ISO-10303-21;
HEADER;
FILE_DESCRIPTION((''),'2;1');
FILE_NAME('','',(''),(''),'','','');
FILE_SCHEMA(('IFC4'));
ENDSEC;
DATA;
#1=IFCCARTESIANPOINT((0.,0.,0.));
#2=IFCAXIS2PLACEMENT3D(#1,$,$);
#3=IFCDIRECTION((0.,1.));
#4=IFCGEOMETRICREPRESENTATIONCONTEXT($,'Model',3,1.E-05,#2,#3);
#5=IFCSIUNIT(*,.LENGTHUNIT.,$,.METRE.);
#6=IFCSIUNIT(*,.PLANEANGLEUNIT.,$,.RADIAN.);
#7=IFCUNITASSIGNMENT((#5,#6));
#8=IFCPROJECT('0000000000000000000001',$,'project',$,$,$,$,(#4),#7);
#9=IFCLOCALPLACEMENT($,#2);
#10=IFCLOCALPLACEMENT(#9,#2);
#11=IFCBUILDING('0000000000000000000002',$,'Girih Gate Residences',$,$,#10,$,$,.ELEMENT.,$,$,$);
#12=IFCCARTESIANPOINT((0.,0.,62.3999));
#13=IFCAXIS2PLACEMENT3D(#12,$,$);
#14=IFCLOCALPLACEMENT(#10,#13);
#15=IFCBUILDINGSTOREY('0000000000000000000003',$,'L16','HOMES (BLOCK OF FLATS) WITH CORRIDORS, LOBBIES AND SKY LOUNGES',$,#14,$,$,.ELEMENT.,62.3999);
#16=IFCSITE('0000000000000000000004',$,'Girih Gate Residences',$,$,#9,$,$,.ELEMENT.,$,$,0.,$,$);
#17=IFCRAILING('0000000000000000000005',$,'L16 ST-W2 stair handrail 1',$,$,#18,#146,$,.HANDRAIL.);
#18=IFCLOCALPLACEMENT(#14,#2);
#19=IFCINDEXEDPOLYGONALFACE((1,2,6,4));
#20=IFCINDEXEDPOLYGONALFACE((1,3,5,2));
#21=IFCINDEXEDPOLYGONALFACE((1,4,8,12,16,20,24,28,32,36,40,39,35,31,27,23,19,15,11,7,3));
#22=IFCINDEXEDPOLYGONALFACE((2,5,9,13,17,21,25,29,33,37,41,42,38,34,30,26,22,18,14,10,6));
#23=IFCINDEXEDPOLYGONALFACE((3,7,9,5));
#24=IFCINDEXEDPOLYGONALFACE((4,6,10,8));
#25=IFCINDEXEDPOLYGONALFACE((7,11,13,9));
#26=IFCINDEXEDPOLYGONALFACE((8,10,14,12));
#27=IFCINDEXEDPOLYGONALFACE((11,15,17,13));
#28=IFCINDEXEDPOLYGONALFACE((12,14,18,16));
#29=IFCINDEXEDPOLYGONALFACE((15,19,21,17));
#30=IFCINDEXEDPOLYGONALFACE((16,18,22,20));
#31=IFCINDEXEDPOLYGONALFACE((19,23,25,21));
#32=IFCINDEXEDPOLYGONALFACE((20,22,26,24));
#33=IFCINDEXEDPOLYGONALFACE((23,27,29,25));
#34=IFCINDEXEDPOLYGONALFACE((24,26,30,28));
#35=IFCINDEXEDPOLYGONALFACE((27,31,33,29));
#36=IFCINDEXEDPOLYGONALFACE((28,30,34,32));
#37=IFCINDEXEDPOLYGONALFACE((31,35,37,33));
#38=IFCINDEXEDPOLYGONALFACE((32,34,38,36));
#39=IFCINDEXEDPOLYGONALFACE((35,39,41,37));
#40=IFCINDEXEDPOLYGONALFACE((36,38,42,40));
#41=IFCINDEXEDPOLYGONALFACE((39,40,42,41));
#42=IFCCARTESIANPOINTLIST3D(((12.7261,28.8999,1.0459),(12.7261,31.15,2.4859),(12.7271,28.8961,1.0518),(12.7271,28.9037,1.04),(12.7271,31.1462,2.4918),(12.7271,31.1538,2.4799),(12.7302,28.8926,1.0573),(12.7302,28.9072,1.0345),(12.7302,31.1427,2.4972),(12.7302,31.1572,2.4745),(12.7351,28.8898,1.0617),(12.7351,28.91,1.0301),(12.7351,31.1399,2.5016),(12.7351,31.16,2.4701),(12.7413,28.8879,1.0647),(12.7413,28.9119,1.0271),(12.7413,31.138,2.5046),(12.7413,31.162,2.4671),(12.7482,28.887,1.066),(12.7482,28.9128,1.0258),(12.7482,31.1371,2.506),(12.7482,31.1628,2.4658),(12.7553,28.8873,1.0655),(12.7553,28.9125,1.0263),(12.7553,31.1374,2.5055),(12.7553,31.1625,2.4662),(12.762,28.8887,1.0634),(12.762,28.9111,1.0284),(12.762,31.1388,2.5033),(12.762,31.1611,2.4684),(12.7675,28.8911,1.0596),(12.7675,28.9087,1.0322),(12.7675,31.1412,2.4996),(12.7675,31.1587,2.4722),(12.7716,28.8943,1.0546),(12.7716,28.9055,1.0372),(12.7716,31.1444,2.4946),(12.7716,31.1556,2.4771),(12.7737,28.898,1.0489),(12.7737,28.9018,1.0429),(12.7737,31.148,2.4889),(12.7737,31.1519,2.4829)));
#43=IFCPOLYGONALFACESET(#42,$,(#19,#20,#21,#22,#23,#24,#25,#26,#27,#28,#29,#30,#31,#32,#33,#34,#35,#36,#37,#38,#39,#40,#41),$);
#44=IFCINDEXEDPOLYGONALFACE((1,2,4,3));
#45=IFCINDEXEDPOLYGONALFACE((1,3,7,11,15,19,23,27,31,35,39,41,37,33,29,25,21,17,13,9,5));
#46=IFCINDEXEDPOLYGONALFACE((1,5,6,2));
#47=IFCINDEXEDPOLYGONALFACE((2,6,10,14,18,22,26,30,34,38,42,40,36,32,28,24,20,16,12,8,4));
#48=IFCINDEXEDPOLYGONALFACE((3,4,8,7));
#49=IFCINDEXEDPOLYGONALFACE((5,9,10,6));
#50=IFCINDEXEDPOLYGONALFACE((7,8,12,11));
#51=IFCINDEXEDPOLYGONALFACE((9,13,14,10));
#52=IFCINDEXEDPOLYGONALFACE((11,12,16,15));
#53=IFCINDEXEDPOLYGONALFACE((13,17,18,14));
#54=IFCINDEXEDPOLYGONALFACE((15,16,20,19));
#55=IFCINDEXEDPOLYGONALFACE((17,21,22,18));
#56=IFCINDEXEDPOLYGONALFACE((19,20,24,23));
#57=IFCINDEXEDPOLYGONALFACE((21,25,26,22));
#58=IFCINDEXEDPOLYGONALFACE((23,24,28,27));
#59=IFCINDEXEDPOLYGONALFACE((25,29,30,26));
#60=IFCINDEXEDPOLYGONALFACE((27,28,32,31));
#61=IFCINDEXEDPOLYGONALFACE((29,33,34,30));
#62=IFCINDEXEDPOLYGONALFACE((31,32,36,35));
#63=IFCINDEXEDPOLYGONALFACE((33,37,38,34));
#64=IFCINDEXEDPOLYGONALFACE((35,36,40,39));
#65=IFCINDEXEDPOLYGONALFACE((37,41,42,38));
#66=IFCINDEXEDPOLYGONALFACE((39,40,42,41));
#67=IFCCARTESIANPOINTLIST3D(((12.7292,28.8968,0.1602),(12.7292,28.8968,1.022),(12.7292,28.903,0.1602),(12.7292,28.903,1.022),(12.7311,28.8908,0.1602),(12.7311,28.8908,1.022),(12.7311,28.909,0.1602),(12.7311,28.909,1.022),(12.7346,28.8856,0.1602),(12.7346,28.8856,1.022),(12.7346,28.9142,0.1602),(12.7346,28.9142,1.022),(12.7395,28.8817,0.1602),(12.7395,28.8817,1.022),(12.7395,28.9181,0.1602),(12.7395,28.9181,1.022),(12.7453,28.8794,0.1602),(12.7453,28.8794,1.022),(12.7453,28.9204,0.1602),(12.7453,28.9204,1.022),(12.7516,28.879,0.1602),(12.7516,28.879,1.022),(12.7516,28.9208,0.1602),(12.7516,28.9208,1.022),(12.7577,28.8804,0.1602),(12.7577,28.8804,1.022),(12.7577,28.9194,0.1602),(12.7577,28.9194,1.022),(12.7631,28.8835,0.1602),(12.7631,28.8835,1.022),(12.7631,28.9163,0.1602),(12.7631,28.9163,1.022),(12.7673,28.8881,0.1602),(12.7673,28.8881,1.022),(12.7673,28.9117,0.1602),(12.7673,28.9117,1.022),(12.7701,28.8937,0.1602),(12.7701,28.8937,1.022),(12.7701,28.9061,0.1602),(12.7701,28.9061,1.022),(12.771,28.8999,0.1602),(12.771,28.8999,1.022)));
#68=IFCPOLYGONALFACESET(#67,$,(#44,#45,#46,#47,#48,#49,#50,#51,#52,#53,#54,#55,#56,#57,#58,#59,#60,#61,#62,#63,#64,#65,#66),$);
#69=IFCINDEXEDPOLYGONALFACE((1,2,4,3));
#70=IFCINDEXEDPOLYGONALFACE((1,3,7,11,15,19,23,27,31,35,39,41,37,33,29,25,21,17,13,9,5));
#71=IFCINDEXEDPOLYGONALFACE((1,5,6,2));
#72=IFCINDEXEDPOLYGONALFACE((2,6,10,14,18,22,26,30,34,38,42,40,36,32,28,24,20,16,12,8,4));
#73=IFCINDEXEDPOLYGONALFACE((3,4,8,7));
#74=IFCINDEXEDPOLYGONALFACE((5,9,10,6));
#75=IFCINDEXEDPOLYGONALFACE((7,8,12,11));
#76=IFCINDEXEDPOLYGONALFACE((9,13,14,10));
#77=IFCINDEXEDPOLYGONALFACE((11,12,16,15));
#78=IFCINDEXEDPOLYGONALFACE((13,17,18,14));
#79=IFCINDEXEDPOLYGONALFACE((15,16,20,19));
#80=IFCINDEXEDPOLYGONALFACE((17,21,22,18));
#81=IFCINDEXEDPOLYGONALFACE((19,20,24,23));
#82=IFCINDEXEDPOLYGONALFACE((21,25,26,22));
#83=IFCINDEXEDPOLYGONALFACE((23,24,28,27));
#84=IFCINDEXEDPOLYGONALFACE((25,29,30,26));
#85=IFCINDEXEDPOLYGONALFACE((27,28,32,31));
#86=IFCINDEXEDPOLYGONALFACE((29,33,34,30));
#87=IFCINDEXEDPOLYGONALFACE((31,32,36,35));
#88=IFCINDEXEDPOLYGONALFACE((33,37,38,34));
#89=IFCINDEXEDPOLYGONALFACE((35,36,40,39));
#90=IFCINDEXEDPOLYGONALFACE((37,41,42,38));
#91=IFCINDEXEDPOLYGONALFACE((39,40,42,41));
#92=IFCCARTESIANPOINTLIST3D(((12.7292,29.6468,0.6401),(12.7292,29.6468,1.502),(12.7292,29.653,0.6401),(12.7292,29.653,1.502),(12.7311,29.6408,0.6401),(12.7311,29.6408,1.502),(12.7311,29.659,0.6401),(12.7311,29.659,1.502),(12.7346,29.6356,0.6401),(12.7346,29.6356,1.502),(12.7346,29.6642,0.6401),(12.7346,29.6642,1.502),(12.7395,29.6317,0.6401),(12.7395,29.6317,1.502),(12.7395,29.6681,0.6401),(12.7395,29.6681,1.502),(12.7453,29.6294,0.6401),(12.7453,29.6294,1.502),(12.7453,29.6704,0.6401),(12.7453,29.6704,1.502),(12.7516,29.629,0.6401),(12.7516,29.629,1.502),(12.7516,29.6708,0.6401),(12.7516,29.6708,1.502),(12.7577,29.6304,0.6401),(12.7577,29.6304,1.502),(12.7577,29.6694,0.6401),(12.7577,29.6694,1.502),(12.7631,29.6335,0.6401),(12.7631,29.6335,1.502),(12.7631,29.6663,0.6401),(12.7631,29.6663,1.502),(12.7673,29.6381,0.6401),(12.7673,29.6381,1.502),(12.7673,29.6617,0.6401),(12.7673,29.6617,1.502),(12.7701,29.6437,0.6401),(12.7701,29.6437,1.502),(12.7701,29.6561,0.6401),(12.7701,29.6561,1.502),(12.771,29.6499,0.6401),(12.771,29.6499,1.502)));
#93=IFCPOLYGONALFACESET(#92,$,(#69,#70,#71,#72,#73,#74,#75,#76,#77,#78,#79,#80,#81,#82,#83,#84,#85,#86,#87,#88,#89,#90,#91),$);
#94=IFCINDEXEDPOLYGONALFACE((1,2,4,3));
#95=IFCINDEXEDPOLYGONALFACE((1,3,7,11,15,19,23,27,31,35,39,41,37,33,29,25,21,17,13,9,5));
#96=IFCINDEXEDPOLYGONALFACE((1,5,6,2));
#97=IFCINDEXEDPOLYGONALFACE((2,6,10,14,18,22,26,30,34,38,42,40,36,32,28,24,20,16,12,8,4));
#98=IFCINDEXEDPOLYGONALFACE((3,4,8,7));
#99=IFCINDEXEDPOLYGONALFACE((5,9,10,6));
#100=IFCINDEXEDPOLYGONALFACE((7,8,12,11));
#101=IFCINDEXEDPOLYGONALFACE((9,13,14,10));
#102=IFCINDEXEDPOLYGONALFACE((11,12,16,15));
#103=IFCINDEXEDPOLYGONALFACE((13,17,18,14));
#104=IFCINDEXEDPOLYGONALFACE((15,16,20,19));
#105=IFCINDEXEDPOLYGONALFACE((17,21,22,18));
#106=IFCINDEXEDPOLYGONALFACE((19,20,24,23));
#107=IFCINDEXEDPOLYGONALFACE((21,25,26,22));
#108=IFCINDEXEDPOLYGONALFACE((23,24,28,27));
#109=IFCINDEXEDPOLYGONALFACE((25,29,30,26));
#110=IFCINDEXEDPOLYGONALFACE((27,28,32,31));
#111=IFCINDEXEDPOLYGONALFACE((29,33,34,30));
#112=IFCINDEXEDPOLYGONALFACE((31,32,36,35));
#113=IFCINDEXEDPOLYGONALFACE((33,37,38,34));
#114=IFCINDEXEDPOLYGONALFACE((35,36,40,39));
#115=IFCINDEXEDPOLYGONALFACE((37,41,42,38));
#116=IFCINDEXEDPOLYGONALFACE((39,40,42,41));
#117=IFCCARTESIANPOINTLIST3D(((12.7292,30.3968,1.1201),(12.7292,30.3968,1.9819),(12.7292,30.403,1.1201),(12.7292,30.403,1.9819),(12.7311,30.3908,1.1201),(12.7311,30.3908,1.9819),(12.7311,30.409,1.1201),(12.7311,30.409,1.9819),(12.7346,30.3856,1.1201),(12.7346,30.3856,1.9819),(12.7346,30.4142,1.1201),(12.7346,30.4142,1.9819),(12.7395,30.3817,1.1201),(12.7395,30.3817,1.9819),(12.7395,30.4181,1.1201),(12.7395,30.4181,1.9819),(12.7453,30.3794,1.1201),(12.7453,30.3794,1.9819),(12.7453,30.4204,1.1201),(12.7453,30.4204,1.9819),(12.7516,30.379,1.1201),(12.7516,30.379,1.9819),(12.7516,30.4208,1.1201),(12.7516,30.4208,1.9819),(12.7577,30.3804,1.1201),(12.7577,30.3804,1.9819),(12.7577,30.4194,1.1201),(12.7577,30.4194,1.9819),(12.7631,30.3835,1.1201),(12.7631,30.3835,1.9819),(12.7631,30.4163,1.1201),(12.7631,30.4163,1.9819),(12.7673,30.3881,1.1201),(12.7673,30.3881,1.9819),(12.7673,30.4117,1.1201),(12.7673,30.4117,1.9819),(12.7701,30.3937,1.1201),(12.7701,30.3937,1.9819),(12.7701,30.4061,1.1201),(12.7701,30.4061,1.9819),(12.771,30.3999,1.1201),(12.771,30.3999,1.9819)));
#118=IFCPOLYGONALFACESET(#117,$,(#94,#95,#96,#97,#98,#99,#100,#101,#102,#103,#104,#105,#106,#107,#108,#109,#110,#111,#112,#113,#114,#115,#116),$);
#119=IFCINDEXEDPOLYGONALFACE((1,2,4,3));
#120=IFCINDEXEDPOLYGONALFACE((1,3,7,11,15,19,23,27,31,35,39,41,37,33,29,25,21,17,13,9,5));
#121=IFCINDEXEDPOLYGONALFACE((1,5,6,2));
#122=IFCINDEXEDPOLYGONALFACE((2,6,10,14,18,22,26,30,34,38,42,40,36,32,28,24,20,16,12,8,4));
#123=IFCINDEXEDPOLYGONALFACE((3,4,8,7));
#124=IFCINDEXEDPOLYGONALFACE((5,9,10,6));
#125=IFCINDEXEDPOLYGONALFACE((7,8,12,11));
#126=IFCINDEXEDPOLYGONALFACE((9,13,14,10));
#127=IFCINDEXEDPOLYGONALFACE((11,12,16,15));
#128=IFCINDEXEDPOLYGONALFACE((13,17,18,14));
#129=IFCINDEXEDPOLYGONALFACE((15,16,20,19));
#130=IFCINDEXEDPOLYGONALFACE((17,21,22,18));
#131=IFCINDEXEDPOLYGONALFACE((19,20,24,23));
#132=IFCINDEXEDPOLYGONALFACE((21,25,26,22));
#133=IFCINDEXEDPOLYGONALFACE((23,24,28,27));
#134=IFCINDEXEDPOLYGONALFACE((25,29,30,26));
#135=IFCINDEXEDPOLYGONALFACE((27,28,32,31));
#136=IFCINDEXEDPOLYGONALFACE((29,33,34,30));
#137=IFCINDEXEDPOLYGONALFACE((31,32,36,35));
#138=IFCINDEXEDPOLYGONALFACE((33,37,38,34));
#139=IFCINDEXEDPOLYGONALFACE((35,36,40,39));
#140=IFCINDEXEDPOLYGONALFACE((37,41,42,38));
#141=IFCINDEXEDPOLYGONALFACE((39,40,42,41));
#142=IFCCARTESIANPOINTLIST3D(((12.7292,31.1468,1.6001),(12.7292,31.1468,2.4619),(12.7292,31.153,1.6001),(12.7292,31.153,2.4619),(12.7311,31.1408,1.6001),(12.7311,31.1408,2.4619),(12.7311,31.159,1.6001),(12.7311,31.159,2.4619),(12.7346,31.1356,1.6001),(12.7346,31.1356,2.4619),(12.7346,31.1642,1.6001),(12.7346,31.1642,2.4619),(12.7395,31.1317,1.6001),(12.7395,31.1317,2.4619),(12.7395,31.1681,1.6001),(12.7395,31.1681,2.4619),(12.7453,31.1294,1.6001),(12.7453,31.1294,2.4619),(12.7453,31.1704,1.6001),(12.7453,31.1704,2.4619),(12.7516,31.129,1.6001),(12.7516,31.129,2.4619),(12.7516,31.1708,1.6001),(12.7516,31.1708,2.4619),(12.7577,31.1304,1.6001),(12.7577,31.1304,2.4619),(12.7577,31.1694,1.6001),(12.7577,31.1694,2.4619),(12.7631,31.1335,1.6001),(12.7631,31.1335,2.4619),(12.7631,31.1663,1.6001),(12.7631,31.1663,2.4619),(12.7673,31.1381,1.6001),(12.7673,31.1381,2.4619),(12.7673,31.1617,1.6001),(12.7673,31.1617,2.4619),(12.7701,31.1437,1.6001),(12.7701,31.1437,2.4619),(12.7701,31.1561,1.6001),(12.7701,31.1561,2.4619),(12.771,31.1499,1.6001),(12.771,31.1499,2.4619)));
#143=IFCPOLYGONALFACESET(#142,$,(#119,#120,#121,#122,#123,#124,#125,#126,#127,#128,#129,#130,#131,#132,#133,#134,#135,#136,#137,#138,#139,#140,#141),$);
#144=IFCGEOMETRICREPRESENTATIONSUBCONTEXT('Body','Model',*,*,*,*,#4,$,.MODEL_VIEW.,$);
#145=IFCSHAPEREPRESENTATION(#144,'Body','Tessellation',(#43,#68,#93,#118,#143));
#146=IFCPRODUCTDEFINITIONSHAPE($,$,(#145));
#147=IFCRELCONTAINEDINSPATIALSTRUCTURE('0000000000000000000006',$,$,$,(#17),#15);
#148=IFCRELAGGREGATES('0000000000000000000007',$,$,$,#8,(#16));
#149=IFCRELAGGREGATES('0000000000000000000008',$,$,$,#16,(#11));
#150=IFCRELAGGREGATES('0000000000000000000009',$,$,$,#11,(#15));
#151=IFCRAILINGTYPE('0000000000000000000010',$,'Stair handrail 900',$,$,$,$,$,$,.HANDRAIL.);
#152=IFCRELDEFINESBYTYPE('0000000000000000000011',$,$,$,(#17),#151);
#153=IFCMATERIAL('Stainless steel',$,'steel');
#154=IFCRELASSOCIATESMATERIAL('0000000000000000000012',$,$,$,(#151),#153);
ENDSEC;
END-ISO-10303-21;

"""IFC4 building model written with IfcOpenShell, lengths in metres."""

from ifc_helpers import new_model, si_unit, direction, frame, origin, origin_2d, place, context, subcontext, project, spatial, circle, extrude, material, type_object, element, save


model = new_model("IFC4")

# Units and contexts
model_context = context("Model", 3, precision=1e-05, world=origin(), true_north=direction((0.0, 1.0)))
body_context = subcontext(model_context, "Body", "Model", "MODEL_VIEW")
ifc_project = project(units=[si_unit("LENGTHUNIT", "METRE"), si_unit("PLANEANGLEUNIT", "RADIAN")], contexts=[model_context])

# Site, building, storey
site_placement = place(None, origin())
site = spatial("IfcSite", under=ifc_project, at=site_placement, Name="Girih Gate Residences", CompositionType="ELEMENT", RefElevation=0.0)
building_placement = place(site_placement, origin())
building = spatial("IfcBuilding", under=site, at=building_placement, Name="Girih Gate Residences", CompositionType="ELEMENT")
storey_placement = place(building_placement, frame((0.0, 0.0, 62.3999)))
storey = spatial("IfcBuildingStorey", under=building, at=storey_placement, Name="L16", Description="HOMES (BLOCK OF FLATS) WITH CORRIDORS, LOBBIES AND SKY LOUNGES", CompositionType="ELEMENT", Elevation=62.3999)

# Railing
ifc_material_1 = material(Name="Stainless steel", Category="steel")
railing_type_1 = type_object("IfcRailingType", Name="Stair handrail 900", PredefinedType="HANDRAIL", material=ifc_material_1)
railing_1_placement = place(storey_placement, frame((12.75, 28.8999, 0.1602)))
element("IfcRailing", 1, at=railing_1_placement, inside=storey, type_object=railing_type_1, Name="L16 ST-W2 stair handrail 1", PredefinedType="HANDRAIL", context=body_context, shape_type="SweptSolid", body=[
    extrude(circle(Radius=0.0239, at=origin_2d()), frame((0.0, 0.0, 0.8857), z_axis=(0.0, 0.842281, 0.539038), x_axis=(-1.0, 0.0, 0.0)), (0.0, 0.0, 1.0), 2.6714),
    extrude(circle(Radius=0.021, at=origin_2d()), origin(), (0.0, 0.0, 1.0), 0.8618),
    extrude(circle(Radius=0.021, at=origin_2d()), frame((0.0, 0.75, 0.48)), (0.0, 0.0, 1.0), 0.8618),
    extrude(circle(Radius=0.021, at=origin_2d()), frame((0.0, 1.5, 0.96)), (0.0, 0.0, 1.0), 0.8618),
    extrude(circle(Radius=0.021, at=origin_2d()), frame((0.0, 2.25, 1.4399)), (0.0, 0.0, 1.0), 0.8618),
])

save(model, "model.ifc")
